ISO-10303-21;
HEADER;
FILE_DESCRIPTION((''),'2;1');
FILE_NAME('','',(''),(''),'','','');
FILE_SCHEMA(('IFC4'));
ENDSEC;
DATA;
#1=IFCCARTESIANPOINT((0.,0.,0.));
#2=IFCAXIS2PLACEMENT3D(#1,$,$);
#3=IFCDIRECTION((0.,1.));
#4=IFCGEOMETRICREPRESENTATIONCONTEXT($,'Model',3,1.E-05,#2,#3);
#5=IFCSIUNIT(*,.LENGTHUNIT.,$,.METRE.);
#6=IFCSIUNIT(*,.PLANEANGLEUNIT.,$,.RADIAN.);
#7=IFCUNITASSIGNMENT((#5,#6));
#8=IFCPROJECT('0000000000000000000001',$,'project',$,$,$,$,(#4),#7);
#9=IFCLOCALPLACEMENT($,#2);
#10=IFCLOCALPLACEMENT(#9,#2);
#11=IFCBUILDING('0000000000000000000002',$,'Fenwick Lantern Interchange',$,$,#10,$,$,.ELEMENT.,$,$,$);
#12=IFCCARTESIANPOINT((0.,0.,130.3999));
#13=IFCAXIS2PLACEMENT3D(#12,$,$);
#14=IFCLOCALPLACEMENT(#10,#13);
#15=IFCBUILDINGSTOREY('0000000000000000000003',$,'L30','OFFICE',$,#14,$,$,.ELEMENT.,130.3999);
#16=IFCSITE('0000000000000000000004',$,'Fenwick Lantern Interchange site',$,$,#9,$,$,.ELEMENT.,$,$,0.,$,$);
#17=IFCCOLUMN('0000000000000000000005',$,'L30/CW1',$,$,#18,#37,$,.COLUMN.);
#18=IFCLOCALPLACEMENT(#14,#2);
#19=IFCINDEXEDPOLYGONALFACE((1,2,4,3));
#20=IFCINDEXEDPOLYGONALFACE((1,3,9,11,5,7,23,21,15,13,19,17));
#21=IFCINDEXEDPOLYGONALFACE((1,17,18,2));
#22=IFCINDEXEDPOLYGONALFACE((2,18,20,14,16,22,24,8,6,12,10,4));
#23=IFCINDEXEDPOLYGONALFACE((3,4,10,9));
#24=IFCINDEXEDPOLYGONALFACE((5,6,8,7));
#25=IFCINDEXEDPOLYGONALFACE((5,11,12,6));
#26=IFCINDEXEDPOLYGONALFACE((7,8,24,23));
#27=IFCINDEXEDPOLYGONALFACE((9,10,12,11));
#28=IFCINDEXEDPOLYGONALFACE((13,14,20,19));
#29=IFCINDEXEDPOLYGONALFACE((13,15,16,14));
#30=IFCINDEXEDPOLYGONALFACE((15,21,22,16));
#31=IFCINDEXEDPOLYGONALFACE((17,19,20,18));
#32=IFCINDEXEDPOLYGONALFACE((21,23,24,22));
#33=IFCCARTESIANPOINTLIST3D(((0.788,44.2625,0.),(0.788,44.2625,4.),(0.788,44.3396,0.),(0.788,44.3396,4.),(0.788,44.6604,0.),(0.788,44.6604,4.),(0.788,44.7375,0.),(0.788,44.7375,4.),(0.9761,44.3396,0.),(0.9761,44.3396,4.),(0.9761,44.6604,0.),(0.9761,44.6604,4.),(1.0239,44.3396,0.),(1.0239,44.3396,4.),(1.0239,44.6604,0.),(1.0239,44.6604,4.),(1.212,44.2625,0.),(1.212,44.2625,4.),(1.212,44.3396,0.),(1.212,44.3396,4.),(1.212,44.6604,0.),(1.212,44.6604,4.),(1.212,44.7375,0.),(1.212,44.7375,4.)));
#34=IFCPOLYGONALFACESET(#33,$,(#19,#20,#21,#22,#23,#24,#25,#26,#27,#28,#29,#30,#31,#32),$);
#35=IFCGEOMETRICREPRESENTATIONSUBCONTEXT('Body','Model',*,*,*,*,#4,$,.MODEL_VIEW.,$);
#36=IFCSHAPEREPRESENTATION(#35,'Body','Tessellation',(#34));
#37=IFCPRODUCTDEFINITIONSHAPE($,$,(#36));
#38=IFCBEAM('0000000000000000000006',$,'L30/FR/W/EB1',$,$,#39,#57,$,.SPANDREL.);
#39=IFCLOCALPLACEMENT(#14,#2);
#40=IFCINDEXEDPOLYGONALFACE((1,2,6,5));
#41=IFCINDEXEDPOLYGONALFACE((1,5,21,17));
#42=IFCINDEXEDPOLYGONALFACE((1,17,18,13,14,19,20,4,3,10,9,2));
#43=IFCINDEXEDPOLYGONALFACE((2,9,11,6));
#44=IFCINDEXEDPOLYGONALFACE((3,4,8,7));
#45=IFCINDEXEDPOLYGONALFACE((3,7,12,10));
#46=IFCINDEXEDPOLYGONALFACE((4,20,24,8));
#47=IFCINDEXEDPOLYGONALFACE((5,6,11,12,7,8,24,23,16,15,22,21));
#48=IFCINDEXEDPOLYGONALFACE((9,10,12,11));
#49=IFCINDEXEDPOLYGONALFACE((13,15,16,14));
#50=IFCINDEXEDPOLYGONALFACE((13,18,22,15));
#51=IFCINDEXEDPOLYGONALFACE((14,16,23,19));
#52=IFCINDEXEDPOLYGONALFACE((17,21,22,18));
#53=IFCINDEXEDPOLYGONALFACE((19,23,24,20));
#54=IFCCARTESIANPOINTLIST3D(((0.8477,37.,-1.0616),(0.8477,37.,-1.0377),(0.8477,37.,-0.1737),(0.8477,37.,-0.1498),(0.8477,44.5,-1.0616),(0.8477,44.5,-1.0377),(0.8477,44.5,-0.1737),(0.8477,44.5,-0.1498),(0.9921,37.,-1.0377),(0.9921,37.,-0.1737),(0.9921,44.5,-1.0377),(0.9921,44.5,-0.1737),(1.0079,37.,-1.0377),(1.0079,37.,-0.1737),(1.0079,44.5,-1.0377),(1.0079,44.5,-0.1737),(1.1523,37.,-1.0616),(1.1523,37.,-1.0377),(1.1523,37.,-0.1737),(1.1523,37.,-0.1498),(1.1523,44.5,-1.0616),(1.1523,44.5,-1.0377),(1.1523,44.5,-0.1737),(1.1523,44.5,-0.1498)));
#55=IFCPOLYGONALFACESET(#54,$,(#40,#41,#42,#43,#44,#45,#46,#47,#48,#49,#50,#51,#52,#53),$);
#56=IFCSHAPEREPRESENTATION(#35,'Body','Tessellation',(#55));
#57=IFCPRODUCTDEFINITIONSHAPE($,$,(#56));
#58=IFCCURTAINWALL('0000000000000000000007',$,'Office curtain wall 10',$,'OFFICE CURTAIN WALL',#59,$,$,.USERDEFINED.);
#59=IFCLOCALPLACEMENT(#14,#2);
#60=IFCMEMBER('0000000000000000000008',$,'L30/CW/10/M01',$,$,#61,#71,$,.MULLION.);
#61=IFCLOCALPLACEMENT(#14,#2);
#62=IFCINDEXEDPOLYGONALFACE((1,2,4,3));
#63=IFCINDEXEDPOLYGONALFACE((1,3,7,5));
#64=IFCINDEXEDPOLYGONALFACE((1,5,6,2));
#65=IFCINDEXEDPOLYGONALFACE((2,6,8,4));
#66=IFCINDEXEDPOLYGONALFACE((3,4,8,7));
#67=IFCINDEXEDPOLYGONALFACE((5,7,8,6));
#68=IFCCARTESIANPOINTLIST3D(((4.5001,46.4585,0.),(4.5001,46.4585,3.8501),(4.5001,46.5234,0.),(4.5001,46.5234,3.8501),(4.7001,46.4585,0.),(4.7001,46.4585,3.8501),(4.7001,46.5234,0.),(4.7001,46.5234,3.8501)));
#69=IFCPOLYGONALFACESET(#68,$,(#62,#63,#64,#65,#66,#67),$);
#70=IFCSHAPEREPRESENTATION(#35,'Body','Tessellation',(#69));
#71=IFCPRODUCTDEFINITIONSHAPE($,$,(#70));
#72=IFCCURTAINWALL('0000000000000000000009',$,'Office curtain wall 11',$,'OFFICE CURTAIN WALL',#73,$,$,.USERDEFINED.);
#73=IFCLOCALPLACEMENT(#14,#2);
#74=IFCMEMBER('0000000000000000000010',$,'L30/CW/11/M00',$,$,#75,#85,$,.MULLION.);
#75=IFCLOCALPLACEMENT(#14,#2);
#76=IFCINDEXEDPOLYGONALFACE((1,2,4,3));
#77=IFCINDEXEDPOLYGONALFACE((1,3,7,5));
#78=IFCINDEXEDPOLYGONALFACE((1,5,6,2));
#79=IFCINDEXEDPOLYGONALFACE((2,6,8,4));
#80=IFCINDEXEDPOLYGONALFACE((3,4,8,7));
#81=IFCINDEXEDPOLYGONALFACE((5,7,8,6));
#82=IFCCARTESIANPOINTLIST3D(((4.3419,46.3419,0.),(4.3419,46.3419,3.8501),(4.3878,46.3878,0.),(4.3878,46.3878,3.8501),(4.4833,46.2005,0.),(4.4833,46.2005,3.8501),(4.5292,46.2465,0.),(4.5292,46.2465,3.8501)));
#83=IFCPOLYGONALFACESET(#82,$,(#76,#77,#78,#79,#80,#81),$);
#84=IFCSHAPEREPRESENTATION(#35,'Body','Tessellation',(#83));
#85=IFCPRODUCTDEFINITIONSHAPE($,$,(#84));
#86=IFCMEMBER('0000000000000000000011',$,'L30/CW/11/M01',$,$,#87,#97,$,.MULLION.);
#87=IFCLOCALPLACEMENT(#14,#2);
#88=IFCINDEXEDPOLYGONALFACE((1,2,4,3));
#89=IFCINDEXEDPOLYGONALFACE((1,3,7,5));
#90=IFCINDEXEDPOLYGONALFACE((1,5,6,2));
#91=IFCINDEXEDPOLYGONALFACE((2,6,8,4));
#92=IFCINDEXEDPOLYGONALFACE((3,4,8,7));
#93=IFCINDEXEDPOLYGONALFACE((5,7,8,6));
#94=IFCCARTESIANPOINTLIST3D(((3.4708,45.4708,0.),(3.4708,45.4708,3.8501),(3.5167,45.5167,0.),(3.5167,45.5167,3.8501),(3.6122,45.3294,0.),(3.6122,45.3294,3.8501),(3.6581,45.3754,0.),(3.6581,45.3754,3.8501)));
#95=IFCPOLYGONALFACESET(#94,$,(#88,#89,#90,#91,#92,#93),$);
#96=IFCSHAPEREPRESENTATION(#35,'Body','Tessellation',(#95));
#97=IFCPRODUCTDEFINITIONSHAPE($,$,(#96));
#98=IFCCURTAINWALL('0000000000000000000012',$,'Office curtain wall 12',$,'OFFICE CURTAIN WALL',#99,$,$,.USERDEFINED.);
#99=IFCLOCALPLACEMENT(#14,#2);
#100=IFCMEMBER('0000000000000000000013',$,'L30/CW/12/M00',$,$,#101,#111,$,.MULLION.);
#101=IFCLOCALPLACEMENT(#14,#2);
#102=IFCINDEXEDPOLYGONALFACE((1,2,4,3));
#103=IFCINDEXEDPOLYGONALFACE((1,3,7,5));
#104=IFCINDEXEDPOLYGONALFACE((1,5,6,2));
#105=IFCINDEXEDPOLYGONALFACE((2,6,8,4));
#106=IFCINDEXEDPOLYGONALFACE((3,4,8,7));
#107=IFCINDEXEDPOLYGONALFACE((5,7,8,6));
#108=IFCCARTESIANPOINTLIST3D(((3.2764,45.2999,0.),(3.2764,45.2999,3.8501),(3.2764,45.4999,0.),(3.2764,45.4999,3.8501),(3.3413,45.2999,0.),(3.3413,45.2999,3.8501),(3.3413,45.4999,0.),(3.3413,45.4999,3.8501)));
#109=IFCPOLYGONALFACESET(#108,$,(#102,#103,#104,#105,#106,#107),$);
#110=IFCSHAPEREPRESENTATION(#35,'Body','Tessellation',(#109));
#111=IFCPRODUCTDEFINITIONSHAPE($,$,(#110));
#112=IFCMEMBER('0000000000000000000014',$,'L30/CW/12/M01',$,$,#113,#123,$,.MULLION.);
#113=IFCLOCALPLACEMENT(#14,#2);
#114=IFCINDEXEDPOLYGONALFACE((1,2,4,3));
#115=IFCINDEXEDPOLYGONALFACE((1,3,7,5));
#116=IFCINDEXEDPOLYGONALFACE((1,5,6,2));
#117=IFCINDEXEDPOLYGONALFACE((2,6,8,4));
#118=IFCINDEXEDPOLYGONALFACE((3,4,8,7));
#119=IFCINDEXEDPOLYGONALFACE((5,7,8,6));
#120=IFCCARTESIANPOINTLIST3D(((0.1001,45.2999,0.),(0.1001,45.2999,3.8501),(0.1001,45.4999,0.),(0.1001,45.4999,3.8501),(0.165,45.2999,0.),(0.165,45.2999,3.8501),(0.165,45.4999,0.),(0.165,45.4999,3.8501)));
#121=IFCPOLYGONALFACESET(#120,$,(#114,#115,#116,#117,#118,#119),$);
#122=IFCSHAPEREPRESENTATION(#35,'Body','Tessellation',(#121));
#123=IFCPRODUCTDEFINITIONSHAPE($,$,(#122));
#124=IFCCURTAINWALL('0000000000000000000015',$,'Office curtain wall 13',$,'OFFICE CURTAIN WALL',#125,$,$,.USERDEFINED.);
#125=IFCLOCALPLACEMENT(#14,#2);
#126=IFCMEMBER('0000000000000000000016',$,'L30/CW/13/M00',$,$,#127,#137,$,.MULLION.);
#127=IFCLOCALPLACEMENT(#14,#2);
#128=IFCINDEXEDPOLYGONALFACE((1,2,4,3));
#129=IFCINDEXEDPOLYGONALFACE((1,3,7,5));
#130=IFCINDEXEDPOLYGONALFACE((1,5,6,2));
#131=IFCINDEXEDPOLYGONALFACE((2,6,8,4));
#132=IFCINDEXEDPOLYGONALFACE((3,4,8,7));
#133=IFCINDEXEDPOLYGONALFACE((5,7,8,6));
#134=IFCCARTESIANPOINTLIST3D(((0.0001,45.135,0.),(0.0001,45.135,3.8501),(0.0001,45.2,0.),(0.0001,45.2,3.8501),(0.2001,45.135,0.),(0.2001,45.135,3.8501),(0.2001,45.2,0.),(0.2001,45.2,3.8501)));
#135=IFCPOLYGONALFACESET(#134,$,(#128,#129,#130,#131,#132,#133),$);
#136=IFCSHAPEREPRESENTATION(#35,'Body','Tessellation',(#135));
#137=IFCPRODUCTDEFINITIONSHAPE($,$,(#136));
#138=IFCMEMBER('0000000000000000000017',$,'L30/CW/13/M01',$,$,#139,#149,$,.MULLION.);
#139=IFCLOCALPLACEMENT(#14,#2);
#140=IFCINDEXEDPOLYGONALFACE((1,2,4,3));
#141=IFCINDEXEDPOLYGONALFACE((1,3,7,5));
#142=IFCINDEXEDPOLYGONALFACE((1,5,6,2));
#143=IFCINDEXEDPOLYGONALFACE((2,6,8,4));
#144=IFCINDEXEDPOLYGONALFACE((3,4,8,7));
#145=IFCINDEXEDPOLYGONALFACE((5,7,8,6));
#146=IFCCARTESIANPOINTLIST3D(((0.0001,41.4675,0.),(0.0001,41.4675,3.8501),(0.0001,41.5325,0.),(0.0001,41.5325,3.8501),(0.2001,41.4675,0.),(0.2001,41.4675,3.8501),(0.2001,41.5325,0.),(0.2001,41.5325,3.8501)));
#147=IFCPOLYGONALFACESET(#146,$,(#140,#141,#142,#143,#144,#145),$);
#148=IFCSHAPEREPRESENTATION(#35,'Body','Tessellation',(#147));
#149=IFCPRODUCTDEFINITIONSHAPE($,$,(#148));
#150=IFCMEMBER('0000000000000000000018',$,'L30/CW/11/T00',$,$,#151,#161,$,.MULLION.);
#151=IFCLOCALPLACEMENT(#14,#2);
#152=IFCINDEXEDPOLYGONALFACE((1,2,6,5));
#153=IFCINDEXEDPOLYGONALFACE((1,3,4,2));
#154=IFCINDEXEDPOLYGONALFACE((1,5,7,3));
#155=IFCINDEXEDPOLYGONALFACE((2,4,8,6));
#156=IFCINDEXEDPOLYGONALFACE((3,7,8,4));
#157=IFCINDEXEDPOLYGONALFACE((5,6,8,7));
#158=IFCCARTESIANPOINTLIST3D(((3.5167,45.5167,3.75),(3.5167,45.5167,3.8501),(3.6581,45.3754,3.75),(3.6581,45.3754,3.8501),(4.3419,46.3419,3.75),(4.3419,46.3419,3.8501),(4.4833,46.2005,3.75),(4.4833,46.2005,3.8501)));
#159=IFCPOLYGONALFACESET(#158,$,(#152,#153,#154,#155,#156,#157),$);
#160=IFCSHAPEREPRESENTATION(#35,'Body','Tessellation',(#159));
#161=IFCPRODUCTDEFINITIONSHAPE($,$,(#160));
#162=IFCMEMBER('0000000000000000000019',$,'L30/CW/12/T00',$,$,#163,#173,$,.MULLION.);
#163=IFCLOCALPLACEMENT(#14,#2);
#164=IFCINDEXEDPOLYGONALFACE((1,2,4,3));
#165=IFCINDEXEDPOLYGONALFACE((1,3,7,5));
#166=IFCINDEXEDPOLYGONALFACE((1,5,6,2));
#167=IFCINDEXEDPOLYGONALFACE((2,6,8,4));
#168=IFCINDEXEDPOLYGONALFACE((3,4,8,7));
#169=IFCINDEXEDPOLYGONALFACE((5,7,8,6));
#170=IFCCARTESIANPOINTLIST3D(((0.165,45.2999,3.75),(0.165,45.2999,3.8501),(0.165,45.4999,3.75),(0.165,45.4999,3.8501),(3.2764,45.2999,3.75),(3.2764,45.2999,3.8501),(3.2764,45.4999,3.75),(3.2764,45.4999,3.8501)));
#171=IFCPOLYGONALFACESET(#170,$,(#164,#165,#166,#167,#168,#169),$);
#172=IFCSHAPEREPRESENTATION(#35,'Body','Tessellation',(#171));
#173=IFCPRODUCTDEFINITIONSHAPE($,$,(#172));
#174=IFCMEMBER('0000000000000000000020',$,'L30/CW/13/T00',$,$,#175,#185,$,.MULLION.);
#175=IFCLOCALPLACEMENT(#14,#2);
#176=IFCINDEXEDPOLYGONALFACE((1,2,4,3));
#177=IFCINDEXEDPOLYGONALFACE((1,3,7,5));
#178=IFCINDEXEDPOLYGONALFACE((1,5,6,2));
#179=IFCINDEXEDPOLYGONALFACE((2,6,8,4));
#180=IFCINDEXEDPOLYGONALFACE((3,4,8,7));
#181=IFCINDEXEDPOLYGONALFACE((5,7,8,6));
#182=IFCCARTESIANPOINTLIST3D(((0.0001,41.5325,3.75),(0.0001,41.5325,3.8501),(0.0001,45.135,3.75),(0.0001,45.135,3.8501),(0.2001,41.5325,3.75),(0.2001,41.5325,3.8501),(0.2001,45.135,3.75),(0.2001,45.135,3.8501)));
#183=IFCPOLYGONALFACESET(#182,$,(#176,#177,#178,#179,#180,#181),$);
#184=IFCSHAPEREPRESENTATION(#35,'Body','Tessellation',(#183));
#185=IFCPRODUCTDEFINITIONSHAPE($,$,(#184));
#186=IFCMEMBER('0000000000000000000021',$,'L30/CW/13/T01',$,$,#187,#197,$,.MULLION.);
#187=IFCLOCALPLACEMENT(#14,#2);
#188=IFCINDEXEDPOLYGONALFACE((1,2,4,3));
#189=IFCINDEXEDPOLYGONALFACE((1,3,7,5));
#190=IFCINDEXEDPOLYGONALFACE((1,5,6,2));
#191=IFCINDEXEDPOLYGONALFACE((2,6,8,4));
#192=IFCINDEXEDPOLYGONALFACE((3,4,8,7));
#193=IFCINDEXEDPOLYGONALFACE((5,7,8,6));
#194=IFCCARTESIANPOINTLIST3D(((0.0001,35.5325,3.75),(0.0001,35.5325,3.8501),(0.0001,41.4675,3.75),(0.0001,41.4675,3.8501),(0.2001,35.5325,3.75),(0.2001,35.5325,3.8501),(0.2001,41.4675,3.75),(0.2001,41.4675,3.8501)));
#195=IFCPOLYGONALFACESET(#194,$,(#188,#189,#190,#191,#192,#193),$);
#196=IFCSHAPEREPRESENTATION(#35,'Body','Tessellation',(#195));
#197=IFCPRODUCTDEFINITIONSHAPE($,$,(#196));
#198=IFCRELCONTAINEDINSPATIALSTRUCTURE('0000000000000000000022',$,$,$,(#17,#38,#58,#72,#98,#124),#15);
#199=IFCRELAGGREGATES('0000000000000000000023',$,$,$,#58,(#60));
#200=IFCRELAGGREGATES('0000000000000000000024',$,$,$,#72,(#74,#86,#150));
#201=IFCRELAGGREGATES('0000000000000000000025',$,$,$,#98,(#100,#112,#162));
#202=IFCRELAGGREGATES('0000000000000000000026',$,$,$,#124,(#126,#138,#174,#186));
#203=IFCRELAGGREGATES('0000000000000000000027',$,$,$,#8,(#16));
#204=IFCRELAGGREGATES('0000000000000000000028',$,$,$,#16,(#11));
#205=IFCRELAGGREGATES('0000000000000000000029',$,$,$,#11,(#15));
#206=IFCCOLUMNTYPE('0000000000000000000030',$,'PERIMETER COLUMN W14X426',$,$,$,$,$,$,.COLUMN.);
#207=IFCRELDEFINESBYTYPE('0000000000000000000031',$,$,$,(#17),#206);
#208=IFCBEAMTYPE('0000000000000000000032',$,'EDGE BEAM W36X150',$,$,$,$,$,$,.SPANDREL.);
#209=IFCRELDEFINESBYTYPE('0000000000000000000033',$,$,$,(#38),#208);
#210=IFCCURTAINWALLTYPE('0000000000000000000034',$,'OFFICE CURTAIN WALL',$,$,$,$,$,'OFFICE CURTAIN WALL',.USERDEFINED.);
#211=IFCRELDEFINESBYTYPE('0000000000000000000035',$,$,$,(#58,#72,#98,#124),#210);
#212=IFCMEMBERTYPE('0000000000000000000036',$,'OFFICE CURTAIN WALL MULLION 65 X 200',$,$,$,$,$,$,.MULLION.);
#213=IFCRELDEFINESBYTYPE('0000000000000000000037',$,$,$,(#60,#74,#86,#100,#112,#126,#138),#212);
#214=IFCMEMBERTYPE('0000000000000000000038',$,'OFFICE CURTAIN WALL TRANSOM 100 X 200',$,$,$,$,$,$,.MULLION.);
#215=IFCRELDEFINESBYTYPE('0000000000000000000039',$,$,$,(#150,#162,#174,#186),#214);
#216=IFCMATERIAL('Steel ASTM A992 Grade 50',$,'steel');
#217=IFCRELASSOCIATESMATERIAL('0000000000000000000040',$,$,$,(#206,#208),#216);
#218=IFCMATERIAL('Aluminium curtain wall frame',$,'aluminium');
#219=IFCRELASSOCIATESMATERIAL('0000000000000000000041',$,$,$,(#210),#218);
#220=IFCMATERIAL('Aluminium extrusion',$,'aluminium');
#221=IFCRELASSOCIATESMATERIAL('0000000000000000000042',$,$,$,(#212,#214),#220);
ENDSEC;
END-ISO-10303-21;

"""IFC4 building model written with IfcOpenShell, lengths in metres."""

from ifc_helpers import new_model, si_unit, direction, frame, origin, origin_2d, place, context, subcontext, project, spatial, rectangle, i_section, extrude, material, material_profile, profile_set, type_object, element, aggregate, save


model = new_model("IFC4")

# Units and contexts
model_context = context("Model", 3, precision=1e-05, world=origin(), true_north=direction((0.0, 1.0)))
body_context = subcontext(model_context, "Body", "Model", "MODEL_VIEW")
ifc_project = project(units=[si_unit("LENGTHUNIT", "METRE"), si_unit("PLANEANGLEUNIT", "RADIAN")], contexts=[model_context])

# Site, building, storey
site_placement = place(None, origin())
site = spatial("IfcSite", under=ifc_project, at=site_placement, Name="Fenwick Lantern Interchange site", CompositionType="ELEMENT", RefElevation=0.0)
building_placement = place(site_placement, origin())
building = spatial("IfcBuilding", under=site, at=building_placement, Name="Fenwick Lantern Interchange", CompositionType="ELEMENT")
storey_placement = place(building_placement, frame((0.0, 0.0, 130.3999)))
storey = spatial("IfcBuildingStorey", under=building, at=storey_placement, Name="L30", Description="OFFICE", CompositionType="ELEMENT", Elevation=130.3999)

# Column
ifc_material_1 = material(Name="Steel ASTM A992 Grade 50", Category="steel")
ifc_material_profile_1 = material_profile(ifc_material_1, i_section(OverallWidth=0.4241, OverallDepth=0.4751, WebThickness=0.0479, FlangeThickness=0.0771, at=origin_2d()), Name="W14X426")
ifc_profile_set_1 = profile_set([ifc_material_profile_1], Name="Steel ASTM A992 Grade 50")
column_type = type_object("IfcColumnType", Name="PERIMETER COLUMN W14X426", PredefinedType="COLUMN", material=ifc_profile_set_1)
column_placement = place(storey_placement, frame((1.0, 44.5, 0.0), z_axis=(0.0, 0.0, 1.0), x_axis=(1.0, 0.0, 0.0)))
element("IfcColumn", 1, at=column_placement, inside=storey, type_object=column_type, Name="L30/CW1", PredefinedType="COLUMN", context=body_context, shape_type="SweptSolid", body=[
    extrude(i_section(OverallWidth=0.4241, OverallDepth=0.4751, WebThickness=0.0479, FlangeThickness=0.0771, at=origin_2d()), origin(), (0.0, 0.0, 1.0), 4.0),
])

# Beam
ifc_material_profile_2 = material_profile(ifc_material_1, i_section(OverallWidth=0.3047, OverallDepth=0.9119, WebThickness=0.0159, FlangeThickness=0.0239, at=origin_2d()), Name="W36X150")
ifc_profile_set_2 = profile_set([ifc_material_profile_2], Name="Steel ASTM A992 Grade 50")
beam_type = type_object("IfcBeamType", Name="EDGE BEAM W36X150", PredefinedType="SPANDREL", material=ifc_profile_set_2)
beam_placement = place(storey_placement, frame((1.0, 44.5, -0.6057), z_axis=(0.0, -1.0, 0.0), x_axis=(1.0, 0.0, 0.0)))
element("IfcBeam", 2, at=beam_placement, inside=storey, type_object=beam_type, Name="L30/FR/W/EB1", PredefinedType="SPANDREL", context=body_context, shape_type="SweptSolid", body=[
    extrude(i_section(OverallWidth=0.3047, OverallDepth=0.9119, WebThickness=0.0159, FlangeThickness=0.0239, at=origin_2d()), origin(), (0.0, 0.0, 1.0), 7.5),
])

# Curtain wall, member
ifc_material_2 = material(Name="Aluminium curtain wall frame", Category="aluminium")
curtain_wall_type = type_object("IfcCurtainWallType", Name="OFFICE CURTAIN WALL", ElementType="OFFICE CURTAIN WALL", PredefinedType="USERDEFINED", material=ifc_material_2)
curtain_wall_1_placement = place(storey_placement, origin())
curtain_wall_1 = element("IfcCurtainWall", 3, at=curtain_wall_1_placement, inside=storey, type_object=curtain_wall_type, Name="Office curtain wall 10", ObjectType="OFFICE CURTAIN WALL", PredefinedType="USERDEFINED")
ifc_material_3 = material(Name="Aluminium extrusion", Category="aluminium")
ifc_material_profile_3 = material_profile(ifc_material_3, rectangle(XDim=0.2, YDim=0.0649, at=origin_2d()), Name="OFFICE CURTAIN WALL MULLION 65 X 200")
ifc_profile_set_3 = profile_set([ifc_material_profile_3], Name="Aluminium extrusion")
member_type_1 = type_object("IfcMemberType", Name="OFFICE CURTAIN WALL MULLION 65 X 200", PredefinedType="MULLION", material=ifc_profile_set_3)
member_1_placement = place(storey_placement, frame((4.6001, 46.491, 0.0), z_axis=(0.0, 0.0, 1.0), x_axis=(1.0, 0.0, 0.0)))
member_1 = element("IfcMember", 4, at=member_1_placement, type_object=member_type_1, Name="L30/CW/10/M01", PredefinedType="MULLION", context=body_context, shape_type="SweptSolid", body=[
    extrude(rectangle(XDim=0.2, YDim=0.0649, at=origin_2d()), origin(), (0.0, 0.0, 1.0), 3.8501),
])

# Curtain walls, members
curtain_wall_2_placement = place(storey_placement, origin())
curtain_wall_2 = element("IfcCurtainWall", 5, at=curtain_wall_2_placement, inside=storey, type_object=curtain_wall_type, Name="Office curtain wall 11", ObjectType="OFFICE CURTAIN WALL", PredefinedType="USERDEFINED")
member_2_placement = place(storey_placement, frame((4.4355, 46.2942, 0.0), z_axis=(0.0, 0.0, 1.0), x_axis=(0.707107, -0.707107, 0.0)))
member_2 = element("IfcMember", 6, at=member_2_placement, type_object=member_type_1, Name="L30/CW/11/M00", PredefinedType="MULLION", context=body_context, shape_type="SweptSolid", body=[
    extrude(rectangle(XDim=0.2, YDim=0.0649, at=origin_2d()), origin(), (0.0, 0.0, 1.0), 3.8501),
])
member_3_placement = place(storey_placement, frame((3.5645, 45.4231, 0.0), z_axis=(0.0, 0.0, 1.0), x_axis=(0.707107, -0.707107, 0.0)))
member_3 = element("IfcMember", 7, at=member_3_placement, type_object=member_type_1, Name="L30/CW/11/M01", PredefinedType="MULLION", context=body_context, shape_type="SweptSolid", body=[
    extrude(rectangle(XDim=0.2, YDim=0.0649, at=origin_2d()), origin(), (0.0, 0.0, 1.0), 3.8501),
])
curtain_wall_3_placement = place(storey_placement, origin())
curtain_wall_3 = element("IfcCurtainWall", 8, at=curtain_wall_3_placement, inside=storey, type_object=curtain_wall_type, Name="Office curtain wall 12", ObjectType="OFFICE CURTAIN WALL", PredefinedType="USERDEFINED")
member_4_placement = place(storey_placement, frame((3.3088, 45.3999, 0.0), z_axis=(0.0, 0.0, 1.0), x_axis=(0.0, -1.0, 0.0)))
member_4 = element("IfcMember", 9, at=member_4_placement, type_object=member_type_1, Name="L30/CW/12/M00", PredefinedType="MULLION", context=body_context, shape_type="SweptSolid", body=[
    extrude(rectangle(XDim=0.2, YDim=0.0649, at=origin_2d()), origin(), (0.0, 0.0, 1.0), 3.8501),
])
member_5_placement = place(storey_placement, frame((0.1326, 45.3999, 0.0), z_axis=(0.0, 0.0, 1.0), x_axis=(0.0, -1.0, 0.0)))
member_5 = element("IfcMember", 10, at=member_5_placement, type_object=member_type_1, Name="L30/CW/12/M01", PredefinedType="MULLION", context=body_context, shape_type="SweptSolid", body=[
    extrude(rectangle(XDim=0.2, YDim=0.0649, at=origin_2d()), origin(), (0.0, 0.0, 1.0), 3.8501),
])
curtain_wall_4_placement = place(storey_placement, origin())
curtain_wall_4 = element("IfcCurtainWall", 11, at=curtain_wall_4_placement, inside=storey, type_object=curtain_wall_type, Name="Office curtain wall 13", ObjectType="OFFICE CURTAIN WALL", PredefinedType="USERDEFINED")
member_6_placement = place(storey_placement, frame((0.1001, 45.1675, 0.0), z_axis=(0.0, 0.0, 1.0), x_axis=(1.0, 0.0, 0.0)))
member_6 = element("IfcMember", 12, at=member_6_placement, type_object=member_type_1, Name="L30/CW/13/M00", PredefinedType="MULLION", context=body_context, shape_type="SweptSolid", body=[
    extrude(rectangle(XDim=0.2, YDim=0.0649, at=origin_2d()), origin(), (0.0, 0.0, 1.0), 3.8501),
])
member_7_placement = place(storey_placement, frame((0.1001, 41.5, 0.0), z_axis=(0.0, 0.0, 1.0), x_axis=(1.0, 0.0, 0.0)))
member_7 = element("IfcMember", 13, at=member_7_placement, type_object=member_type_1, Name="L30/CW/13/M01", PredefinedType="MULLION", context=body_context, shape_type="SweptSolid", body=[
    extrude(rectangle(XDim=0.2, YDim=0.0649, at=origin_2d()), origin(), (0.0, 0.0, 1.0), 3.8501),
])

# Members
ifc_material_profile_4 = material_profile(ifc_material_3, rectangle(XDim=0.2, YDim=0.1001, at=origin_2d()), Name="OFFICE CURTAIN WALL TRANSOM 100 X 200")
ifc_profile_set_4 = profile_set([ifc_material_profile_4], Name="Aluminium extrusion")
member_type_2 = type_object("IfcMemberType", Name="OFFICE CURTAIN WALL TRANSOM 100 X 200", PredefinedType="MULLION", material=ifc_profile_set_4)
member_8_placement = place(storey_placement, frame((4.4126, 46.2712, 3.8), z_axis=(-0.707107, -0.707107, 0.0), x_axis=(0.707107, -0.707107, 0.0)))
member_8 = element("IfcMember", 14, at=member_8_placement, type_object=member_type_2, Name="L30/CW/11/T00", PredefinedType="MULLION", context=body_context, shape_type="SweptSolid", body=[
    extrude(rectangle(XDim=0.2, YDim=0.1001, at=origin_2d()), origin(), (0.0, 0.0, 1.0), 1.167),
])
member_9_placement = place(storey_placement, frame((3.2764, 45.3999, 3.8), z_axis=(-1.0, 0.0, 0.0), x_axis=(0.0, -1.0, 0.0)))
member_9 = element("IfcMember", 15, at=member_9_placement, type_object=member_type_2, Name="L30/CW/12/T00", PredefinedType="MULLION", context=body_context, shape_type="SweptSolid", body=[
    extrude(rectangle(XDim=0.2, YDim=0.1001, at=origin_2d()), origin(), (0.0, 0.0, 1.0), 3.1113),
])
member_10_placement = place(storey_placement, frame((0.1001, 45.135, 3.8), z_axis=(0.0, -1.0, 0.0), x_axis=(1.0, 0.0, 0.0)))
member_10 = element("IfcMember", 16, at=member_10_placement, type_object=member_type_2, Name="L30/CW/13/T00", PredefinedType="MULLION", context=body_context, shape_type="SweptSolid", body=[
    extrude(rectangle(XDim=0.2, YDim=0.1001, at=origin_2d()), origin(), (0.0, 0.0, 1.0), 3.6025),
])
member_11_placement = place(storey_placement, frame((0.1001, 41.4675, 3.8), z_axis=(0.0, -1.0, 0.0), x_axis=(1.0, 0.0, 0.0)))
member_11 = element("IfcMember", 17, at=member_11_placement, type_object=member_type_2, Name="L30/CW/13/T01", PredefinedType="MULLION", context=body_context, shape_type="SweptSolid", body=[
    extrude(rectangle(XDim=0.2, YDim=0.1001, at=origin_2d()), origin(), (0.0, 0.0, 1.0), 5.9351),
])

aggregate(curtain_wall_1, [member_1])
aggregate(curtain_wall_2, [member_2, member_3, member_8])
aggregate(curtain_wall_3, [member_4, member_5, member_9])
aggregate(curtain_wall_4, [member_6, member_7, member_10, member_11])

save(model, "model.ifc")
